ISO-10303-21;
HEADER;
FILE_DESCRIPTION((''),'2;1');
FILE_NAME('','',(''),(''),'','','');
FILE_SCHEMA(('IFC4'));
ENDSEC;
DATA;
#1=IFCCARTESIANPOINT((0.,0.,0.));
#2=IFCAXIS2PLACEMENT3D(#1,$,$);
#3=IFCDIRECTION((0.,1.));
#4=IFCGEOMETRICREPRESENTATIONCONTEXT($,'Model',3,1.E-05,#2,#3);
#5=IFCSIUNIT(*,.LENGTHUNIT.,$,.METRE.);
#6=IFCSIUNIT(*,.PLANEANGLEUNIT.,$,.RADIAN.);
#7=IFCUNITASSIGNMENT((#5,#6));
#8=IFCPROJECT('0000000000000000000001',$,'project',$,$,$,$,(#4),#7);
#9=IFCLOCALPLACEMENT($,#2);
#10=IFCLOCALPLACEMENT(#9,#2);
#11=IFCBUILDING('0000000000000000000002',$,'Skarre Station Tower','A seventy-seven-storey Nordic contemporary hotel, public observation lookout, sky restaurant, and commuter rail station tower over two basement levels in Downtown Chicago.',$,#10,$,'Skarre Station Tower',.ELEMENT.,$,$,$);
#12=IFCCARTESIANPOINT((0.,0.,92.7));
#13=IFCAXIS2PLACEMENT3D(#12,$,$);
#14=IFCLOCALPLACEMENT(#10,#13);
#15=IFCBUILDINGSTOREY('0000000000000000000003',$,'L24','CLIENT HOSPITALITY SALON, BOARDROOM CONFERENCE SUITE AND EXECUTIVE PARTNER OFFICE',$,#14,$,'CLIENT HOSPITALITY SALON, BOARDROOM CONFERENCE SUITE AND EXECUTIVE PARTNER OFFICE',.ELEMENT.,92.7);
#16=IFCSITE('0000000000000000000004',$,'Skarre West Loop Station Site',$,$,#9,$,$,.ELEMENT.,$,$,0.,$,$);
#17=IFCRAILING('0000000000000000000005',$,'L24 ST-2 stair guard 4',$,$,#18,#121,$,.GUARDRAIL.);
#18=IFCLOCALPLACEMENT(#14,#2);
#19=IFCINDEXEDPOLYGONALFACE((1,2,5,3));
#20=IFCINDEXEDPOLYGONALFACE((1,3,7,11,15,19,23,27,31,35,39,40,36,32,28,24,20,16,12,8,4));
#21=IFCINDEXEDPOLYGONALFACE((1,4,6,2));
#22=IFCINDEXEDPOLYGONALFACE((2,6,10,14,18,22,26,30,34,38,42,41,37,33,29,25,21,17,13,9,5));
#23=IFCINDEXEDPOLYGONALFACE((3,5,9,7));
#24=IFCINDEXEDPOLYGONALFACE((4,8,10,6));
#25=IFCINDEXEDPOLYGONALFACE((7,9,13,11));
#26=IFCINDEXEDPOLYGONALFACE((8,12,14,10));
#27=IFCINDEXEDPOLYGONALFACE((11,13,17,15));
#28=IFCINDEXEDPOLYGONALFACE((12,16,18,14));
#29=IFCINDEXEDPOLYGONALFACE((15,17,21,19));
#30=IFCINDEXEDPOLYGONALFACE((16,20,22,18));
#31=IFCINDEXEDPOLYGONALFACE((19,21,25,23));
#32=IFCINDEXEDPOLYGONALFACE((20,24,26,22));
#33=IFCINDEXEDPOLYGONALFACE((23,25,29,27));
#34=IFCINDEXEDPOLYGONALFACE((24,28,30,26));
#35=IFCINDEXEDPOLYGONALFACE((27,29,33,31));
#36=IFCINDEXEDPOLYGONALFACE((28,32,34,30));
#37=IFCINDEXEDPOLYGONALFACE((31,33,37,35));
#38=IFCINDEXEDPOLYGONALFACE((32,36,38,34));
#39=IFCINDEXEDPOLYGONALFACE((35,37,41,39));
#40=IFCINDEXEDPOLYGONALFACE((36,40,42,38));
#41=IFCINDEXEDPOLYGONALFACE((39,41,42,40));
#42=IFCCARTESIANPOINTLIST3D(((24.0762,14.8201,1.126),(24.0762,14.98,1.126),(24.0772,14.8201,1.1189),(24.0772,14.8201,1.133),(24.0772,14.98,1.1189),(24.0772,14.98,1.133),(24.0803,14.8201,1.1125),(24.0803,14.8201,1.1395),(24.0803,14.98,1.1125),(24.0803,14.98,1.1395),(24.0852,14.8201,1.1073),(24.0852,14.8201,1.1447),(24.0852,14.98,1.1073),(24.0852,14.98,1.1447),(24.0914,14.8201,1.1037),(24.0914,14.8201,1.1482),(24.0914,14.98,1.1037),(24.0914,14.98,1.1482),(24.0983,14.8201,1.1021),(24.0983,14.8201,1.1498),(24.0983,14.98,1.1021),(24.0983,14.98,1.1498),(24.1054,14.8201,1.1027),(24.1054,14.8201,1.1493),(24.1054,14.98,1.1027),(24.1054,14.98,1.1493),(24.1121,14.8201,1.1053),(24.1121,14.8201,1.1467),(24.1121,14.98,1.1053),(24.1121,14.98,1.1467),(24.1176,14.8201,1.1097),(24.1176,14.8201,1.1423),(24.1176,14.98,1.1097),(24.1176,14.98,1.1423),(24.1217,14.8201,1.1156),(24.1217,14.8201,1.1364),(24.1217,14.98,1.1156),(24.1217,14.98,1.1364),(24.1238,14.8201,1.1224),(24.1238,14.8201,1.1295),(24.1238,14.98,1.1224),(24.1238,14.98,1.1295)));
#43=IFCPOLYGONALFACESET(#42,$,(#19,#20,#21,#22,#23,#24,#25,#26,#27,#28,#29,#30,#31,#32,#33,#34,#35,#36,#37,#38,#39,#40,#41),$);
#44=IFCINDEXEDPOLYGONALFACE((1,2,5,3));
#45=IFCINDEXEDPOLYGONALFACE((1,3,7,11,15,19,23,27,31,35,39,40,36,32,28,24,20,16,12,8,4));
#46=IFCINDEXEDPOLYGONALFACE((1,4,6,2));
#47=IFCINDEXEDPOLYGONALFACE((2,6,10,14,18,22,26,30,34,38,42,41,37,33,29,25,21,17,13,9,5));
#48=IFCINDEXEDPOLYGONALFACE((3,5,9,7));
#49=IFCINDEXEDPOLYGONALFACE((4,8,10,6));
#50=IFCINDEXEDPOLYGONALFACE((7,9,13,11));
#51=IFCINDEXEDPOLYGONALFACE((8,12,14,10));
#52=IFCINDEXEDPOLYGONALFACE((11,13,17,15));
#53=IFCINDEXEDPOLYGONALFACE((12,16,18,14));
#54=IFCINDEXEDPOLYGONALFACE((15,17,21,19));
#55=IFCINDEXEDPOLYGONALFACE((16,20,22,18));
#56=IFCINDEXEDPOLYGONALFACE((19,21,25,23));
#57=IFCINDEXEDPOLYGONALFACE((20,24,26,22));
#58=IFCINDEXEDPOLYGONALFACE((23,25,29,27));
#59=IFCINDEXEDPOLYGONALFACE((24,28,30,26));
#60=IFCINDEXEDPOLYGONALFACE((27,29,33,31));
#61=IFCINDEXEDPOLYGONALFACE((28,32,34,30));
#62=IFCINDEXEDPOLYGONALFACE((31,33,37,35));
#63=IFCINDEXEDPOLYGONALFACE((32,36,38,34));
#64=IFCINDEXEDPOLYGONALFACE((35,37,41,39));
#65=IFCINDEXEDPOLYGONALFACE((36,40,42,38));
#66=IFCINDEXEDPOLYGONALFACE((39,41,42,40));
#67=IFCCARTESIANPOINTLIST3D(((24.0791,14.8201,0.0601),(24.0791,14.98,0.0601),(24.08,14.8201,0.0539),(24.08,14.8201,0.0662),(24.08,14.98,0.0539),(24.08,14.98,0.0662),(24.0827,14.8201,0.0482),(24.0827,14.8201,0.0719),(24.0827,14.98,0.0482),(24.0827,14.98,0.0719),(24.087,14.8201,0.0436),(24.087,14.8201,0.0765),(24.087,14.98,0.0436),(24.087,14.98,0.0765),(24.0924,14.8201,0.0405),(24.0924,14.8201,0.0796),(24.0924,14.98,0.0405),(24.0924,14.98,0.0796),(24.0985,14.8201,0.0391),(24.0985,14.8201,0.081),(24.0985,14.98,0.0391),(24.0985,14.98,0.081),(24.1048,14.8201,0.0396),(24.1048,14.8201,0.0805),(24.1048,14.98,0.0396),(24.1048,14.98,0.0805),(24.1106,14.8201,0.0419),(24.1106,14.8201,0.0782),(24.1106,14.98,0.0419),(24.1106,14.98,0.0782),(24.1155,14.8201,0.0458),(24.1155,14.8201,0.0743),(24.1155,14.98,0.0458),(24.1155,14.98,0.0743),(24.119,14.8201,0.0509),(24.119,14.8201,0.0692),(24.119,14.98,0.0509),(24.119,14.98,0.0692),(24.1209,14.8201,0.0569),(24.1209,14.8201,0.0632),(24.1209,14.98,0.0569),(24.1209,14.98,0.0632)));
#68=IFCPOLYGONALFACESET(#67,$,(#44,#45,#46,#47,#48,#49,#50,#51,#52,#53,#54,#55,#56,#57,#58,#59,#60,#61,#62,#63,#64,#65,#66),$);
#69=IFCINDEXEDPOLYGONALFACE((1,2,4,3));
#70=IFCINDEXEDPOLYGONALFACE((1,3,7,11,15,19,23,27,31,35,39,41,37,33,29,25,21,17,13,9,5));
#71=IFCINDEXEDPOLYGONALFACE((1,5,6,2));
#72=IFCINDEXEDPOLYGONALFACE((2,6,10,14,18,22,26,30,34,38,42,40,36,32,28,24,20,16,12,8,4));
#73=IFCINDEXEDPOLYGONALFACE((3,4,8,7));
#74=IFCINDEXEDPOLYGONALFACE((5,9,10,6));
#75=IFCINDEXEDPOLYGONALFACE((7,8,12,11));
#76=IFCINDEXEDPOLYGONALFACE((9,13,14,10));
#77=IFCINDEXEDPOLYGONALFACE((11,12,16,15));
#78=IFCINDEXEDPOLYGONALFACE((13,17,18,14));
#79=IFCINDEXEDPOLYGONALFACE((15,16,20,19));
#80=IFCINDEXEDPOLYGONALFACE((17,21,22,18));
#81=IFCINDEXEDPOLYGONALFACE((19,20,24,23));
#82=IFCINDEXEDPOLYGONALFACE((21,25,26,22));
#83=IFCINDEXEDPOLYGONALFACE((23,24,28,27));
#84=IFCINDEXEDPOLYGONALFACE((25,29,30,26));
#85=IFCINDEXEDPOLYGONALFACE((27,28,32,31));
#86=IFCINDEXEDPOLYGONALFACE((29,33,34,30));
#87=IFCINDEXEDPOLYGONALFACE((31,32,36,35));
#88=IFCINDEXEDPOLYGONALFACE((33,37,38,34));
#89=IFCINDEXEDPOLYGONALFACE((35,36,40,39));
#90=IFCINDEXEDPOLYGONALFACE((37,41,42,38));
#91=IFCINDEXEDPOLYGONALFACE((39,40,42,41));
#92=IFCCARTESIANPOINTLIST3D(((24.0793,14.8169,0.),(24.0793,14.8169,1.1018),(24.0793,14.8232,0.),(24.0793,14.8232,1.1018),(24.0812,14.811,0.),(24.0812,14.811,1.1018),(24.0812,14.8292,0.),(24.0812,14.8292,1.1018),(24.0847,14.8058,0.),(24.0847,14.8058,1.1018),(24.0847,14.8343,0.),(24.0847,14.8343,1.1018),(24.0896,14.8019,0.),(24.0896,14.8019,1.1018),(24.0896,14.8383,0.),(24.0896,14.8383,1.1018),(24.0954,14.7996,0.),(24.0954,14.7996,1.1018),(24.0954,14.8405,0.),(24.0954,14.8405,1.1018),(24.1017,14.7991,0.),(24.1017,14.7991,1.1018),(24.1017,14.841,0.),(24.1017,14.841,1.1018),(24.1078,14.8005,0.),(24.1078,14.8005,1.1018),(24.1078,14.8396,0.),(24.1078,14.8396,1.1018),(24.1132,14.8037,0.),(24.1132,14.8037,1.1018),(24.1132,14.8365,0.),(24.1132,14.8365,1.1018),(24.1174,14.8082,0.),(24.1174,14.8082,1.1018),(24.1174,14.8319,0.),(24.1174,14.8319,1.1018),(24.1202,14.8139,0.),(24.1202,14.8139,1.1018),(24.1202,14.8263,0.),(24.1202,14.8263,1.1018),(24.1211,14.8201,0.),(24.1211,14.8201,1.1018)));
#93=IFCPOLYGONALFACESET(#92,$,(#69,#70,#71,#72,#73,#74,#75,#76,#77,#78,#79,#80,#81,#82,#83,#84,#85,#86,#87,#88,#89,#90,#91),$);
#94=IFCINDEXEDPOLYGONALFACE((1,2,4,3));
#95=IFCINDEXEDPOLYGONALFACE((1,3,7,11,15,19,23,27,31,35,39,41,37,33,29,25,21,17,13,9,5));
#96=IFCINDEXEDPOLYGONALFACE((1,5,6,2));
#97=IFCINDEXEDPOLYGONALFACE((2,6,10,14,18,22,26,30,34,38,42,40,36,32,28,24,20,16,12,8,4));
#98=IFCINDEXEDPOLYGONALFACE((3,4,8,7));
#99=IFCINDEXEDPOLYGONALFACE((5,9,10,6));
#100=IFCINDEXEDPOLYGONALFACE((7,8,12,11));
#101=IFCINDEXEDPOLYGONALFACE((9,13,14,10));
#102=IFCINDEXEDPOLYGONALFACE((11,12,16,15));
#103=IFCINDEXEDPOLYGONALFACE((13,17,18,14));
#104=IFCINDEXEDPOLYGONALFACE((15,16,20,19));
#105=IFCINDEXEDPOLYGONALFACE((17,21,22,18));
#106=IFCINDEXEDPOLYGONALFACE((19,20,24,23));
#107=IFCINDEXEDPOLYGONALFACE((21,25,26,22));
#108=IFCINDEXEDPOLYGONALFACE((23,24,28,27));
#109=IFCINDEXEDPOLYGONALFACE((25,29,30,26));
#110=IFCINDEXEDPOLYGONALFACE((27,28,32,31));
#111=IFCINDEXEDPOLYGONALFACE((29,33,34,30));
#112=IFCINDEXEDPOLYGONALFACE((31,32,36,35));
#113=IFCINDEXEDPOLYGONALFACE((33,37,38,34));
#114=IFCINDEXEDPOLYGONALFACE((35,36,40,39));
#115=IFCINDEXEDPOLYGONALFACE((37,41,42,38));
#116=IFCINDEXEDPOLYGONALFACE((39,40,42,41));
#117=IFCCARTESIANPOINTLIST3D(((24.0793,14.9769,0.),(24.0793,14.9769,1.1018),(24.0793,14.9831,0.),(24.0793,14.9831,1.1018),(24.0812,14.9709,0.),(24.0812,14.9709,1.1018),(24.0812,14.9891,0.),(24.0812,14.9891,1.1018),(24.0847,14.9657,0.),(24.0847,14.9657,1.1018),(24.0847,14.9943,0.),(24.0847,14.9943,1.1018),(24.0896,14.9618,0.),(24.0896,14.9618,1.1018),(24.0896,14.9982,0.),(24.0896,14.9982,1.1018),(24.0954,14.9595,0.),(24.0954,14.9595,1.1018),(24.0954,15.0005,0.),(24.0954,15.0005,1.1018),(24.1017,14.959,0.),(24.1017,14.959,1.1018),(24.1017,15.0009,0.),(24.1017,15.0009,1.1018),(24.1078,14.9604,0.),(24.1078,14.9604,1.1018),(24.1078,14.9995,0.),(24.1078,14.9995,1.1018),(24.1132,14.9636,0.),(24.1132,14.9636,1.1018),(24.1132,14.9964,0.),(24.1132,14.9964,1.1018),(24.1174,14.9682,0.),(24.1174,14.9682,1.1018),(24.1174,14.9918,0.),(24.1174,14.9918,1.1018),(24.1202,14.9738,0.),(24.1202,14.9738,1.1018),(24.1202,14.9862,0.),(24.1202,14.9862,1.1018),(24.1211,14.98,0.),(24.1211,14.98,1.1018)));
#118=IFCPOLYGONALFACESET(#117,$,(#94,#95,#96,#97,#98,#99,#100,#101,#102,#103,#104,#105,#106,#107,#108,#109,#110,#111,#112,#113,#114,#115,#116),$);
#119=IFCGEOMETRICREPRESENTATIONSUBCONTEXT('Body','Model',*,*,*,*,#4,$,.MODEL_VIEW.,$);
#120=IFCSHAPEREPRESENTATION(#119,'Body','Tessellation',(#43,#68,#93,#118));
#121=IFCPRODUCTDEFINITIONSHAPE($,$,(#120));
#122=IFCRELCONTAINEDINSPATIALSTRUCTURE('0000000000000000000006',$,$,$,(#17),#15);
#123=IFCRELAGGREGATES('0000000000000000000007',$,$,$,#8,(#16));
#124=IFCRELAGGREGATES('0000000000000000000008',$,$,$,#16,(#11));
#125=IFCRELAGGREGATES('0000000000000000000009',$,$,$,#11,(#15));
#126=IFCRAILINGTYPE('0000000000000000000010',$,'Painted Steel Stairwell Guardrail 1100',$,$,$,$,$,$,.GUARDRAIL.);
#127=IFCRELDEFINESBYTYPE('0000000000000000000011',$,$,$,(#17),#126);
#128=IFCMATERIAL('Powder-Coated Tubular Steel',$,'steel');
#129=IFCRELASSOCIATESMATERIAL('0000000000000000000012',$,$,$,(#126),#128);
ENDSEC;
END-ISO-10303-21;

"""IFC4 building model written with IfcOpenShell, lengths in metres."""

from ifc_helpers import new_model, si_unit, direction, frame, origin, origin_2d, place, context, subcontext, project, spatial, circle, extrude, material, type_object, element, save


model = new_model("IFC4")

# Units and contexts
model_context = context("Model", 3, precision=1e-05, world=origin(), true_north=direction((0.0, 1.0)))
body_context = subcontext(model_context, "Body", "Model", "MODEL_VIEW")
ifc_project = project(units=[si_unit("LENGTHUNIT", "METRE"), si_unit("PLANEANGLEUNIT", "RADIAN")], contexts=[model_context])

# Site, building, storey
site_placement = place(None, origin())
site = spatial("IfcSite", under=ifc_project, at=site_placement, Name="Skarre West Loop Station Site", CompositionType="ELEMENT", RefElevation=0.0)
building_placement = place(site_placement, origin())
building = spatial("IfcBuilding", under=site, at=building_placement, Name="Skarre Station Tower", Description="A seventy-seven-storey Nordic contemporary hotel, public observation lookout, sky restaurant, and commuter rail station tower over two basement levels in Downtown Chicago.", LongName="Skarre Station Tower", CompositionType="ELEMENT")
storey_placement = place(building_placement, frame((0.0, 0.0, 92.7)))
storey = spatial("IfcBuildingStorey", under=building, at=storey_placement, Name="L24", Description="CLIENT HOSPITALITY SALON, BOARDROOM CONFERENCE SUITE AND EXECUTIVE PARTNER OFFICE", LongName="CLIENT HOSPITALITY SALON, BOARDROOM CONFERENCE SUITE AND EXECUTIVE PARTNER OFFICE", CompositionType="ELEMENT", Elevation=92.7)

# Railing
ifc_material_1 = material(Name="Powder-Coated Tubular Steel", Category="steel")
railing_type_1 = type_object("IfcRailingType", Name="Painted Steel Stairwell Guardrail 1100", PredefinedType="GUARDRAIL", material=ifc_material_1)
railing_1_placement = place(storey_placement, frame((24.1001, 14.8201, 0.0)))
element("IfcRailing", 1, at=railing_1_placement, inside=storey, type_object=railing_type_1, Name="L24 ST-2 stair guard 4", PredefinedType="GUARDRAIL", context=body_context, shape_type="SweptSolid", body=[
    extrude(circle(Radius=0.0239, at=origin_2d()), frame((0.0, 0.0, 1.126), z_axis=(0.0, 1.0, 0.0), x_axis=(-1.0, 0.0, 0.0)), (0.0, 0.0, 1.0), 0.1599),
    extrude(circle(Radius=0.021, at=origin_2d()), frame((0.0, 0.0, 0.0601), z_axis=(0.0, 1.0, 0.0), x_axis=(-1.0, 0.0, 0.0)), (0.0, 0.0, 1.0), 0.1599),
    extrude(circle(Radius=0.021, at=origin_2d()), origin(), (0.0, 0.0, 1.0), 1.1018),
    extrude(circle(Radius=0.021, at=origin_2d()), frame((0.0, 0.1599, 0.0)), (0.0, 0.0, 1.0), 1.1018),
])

save(model, "model.ifc")
